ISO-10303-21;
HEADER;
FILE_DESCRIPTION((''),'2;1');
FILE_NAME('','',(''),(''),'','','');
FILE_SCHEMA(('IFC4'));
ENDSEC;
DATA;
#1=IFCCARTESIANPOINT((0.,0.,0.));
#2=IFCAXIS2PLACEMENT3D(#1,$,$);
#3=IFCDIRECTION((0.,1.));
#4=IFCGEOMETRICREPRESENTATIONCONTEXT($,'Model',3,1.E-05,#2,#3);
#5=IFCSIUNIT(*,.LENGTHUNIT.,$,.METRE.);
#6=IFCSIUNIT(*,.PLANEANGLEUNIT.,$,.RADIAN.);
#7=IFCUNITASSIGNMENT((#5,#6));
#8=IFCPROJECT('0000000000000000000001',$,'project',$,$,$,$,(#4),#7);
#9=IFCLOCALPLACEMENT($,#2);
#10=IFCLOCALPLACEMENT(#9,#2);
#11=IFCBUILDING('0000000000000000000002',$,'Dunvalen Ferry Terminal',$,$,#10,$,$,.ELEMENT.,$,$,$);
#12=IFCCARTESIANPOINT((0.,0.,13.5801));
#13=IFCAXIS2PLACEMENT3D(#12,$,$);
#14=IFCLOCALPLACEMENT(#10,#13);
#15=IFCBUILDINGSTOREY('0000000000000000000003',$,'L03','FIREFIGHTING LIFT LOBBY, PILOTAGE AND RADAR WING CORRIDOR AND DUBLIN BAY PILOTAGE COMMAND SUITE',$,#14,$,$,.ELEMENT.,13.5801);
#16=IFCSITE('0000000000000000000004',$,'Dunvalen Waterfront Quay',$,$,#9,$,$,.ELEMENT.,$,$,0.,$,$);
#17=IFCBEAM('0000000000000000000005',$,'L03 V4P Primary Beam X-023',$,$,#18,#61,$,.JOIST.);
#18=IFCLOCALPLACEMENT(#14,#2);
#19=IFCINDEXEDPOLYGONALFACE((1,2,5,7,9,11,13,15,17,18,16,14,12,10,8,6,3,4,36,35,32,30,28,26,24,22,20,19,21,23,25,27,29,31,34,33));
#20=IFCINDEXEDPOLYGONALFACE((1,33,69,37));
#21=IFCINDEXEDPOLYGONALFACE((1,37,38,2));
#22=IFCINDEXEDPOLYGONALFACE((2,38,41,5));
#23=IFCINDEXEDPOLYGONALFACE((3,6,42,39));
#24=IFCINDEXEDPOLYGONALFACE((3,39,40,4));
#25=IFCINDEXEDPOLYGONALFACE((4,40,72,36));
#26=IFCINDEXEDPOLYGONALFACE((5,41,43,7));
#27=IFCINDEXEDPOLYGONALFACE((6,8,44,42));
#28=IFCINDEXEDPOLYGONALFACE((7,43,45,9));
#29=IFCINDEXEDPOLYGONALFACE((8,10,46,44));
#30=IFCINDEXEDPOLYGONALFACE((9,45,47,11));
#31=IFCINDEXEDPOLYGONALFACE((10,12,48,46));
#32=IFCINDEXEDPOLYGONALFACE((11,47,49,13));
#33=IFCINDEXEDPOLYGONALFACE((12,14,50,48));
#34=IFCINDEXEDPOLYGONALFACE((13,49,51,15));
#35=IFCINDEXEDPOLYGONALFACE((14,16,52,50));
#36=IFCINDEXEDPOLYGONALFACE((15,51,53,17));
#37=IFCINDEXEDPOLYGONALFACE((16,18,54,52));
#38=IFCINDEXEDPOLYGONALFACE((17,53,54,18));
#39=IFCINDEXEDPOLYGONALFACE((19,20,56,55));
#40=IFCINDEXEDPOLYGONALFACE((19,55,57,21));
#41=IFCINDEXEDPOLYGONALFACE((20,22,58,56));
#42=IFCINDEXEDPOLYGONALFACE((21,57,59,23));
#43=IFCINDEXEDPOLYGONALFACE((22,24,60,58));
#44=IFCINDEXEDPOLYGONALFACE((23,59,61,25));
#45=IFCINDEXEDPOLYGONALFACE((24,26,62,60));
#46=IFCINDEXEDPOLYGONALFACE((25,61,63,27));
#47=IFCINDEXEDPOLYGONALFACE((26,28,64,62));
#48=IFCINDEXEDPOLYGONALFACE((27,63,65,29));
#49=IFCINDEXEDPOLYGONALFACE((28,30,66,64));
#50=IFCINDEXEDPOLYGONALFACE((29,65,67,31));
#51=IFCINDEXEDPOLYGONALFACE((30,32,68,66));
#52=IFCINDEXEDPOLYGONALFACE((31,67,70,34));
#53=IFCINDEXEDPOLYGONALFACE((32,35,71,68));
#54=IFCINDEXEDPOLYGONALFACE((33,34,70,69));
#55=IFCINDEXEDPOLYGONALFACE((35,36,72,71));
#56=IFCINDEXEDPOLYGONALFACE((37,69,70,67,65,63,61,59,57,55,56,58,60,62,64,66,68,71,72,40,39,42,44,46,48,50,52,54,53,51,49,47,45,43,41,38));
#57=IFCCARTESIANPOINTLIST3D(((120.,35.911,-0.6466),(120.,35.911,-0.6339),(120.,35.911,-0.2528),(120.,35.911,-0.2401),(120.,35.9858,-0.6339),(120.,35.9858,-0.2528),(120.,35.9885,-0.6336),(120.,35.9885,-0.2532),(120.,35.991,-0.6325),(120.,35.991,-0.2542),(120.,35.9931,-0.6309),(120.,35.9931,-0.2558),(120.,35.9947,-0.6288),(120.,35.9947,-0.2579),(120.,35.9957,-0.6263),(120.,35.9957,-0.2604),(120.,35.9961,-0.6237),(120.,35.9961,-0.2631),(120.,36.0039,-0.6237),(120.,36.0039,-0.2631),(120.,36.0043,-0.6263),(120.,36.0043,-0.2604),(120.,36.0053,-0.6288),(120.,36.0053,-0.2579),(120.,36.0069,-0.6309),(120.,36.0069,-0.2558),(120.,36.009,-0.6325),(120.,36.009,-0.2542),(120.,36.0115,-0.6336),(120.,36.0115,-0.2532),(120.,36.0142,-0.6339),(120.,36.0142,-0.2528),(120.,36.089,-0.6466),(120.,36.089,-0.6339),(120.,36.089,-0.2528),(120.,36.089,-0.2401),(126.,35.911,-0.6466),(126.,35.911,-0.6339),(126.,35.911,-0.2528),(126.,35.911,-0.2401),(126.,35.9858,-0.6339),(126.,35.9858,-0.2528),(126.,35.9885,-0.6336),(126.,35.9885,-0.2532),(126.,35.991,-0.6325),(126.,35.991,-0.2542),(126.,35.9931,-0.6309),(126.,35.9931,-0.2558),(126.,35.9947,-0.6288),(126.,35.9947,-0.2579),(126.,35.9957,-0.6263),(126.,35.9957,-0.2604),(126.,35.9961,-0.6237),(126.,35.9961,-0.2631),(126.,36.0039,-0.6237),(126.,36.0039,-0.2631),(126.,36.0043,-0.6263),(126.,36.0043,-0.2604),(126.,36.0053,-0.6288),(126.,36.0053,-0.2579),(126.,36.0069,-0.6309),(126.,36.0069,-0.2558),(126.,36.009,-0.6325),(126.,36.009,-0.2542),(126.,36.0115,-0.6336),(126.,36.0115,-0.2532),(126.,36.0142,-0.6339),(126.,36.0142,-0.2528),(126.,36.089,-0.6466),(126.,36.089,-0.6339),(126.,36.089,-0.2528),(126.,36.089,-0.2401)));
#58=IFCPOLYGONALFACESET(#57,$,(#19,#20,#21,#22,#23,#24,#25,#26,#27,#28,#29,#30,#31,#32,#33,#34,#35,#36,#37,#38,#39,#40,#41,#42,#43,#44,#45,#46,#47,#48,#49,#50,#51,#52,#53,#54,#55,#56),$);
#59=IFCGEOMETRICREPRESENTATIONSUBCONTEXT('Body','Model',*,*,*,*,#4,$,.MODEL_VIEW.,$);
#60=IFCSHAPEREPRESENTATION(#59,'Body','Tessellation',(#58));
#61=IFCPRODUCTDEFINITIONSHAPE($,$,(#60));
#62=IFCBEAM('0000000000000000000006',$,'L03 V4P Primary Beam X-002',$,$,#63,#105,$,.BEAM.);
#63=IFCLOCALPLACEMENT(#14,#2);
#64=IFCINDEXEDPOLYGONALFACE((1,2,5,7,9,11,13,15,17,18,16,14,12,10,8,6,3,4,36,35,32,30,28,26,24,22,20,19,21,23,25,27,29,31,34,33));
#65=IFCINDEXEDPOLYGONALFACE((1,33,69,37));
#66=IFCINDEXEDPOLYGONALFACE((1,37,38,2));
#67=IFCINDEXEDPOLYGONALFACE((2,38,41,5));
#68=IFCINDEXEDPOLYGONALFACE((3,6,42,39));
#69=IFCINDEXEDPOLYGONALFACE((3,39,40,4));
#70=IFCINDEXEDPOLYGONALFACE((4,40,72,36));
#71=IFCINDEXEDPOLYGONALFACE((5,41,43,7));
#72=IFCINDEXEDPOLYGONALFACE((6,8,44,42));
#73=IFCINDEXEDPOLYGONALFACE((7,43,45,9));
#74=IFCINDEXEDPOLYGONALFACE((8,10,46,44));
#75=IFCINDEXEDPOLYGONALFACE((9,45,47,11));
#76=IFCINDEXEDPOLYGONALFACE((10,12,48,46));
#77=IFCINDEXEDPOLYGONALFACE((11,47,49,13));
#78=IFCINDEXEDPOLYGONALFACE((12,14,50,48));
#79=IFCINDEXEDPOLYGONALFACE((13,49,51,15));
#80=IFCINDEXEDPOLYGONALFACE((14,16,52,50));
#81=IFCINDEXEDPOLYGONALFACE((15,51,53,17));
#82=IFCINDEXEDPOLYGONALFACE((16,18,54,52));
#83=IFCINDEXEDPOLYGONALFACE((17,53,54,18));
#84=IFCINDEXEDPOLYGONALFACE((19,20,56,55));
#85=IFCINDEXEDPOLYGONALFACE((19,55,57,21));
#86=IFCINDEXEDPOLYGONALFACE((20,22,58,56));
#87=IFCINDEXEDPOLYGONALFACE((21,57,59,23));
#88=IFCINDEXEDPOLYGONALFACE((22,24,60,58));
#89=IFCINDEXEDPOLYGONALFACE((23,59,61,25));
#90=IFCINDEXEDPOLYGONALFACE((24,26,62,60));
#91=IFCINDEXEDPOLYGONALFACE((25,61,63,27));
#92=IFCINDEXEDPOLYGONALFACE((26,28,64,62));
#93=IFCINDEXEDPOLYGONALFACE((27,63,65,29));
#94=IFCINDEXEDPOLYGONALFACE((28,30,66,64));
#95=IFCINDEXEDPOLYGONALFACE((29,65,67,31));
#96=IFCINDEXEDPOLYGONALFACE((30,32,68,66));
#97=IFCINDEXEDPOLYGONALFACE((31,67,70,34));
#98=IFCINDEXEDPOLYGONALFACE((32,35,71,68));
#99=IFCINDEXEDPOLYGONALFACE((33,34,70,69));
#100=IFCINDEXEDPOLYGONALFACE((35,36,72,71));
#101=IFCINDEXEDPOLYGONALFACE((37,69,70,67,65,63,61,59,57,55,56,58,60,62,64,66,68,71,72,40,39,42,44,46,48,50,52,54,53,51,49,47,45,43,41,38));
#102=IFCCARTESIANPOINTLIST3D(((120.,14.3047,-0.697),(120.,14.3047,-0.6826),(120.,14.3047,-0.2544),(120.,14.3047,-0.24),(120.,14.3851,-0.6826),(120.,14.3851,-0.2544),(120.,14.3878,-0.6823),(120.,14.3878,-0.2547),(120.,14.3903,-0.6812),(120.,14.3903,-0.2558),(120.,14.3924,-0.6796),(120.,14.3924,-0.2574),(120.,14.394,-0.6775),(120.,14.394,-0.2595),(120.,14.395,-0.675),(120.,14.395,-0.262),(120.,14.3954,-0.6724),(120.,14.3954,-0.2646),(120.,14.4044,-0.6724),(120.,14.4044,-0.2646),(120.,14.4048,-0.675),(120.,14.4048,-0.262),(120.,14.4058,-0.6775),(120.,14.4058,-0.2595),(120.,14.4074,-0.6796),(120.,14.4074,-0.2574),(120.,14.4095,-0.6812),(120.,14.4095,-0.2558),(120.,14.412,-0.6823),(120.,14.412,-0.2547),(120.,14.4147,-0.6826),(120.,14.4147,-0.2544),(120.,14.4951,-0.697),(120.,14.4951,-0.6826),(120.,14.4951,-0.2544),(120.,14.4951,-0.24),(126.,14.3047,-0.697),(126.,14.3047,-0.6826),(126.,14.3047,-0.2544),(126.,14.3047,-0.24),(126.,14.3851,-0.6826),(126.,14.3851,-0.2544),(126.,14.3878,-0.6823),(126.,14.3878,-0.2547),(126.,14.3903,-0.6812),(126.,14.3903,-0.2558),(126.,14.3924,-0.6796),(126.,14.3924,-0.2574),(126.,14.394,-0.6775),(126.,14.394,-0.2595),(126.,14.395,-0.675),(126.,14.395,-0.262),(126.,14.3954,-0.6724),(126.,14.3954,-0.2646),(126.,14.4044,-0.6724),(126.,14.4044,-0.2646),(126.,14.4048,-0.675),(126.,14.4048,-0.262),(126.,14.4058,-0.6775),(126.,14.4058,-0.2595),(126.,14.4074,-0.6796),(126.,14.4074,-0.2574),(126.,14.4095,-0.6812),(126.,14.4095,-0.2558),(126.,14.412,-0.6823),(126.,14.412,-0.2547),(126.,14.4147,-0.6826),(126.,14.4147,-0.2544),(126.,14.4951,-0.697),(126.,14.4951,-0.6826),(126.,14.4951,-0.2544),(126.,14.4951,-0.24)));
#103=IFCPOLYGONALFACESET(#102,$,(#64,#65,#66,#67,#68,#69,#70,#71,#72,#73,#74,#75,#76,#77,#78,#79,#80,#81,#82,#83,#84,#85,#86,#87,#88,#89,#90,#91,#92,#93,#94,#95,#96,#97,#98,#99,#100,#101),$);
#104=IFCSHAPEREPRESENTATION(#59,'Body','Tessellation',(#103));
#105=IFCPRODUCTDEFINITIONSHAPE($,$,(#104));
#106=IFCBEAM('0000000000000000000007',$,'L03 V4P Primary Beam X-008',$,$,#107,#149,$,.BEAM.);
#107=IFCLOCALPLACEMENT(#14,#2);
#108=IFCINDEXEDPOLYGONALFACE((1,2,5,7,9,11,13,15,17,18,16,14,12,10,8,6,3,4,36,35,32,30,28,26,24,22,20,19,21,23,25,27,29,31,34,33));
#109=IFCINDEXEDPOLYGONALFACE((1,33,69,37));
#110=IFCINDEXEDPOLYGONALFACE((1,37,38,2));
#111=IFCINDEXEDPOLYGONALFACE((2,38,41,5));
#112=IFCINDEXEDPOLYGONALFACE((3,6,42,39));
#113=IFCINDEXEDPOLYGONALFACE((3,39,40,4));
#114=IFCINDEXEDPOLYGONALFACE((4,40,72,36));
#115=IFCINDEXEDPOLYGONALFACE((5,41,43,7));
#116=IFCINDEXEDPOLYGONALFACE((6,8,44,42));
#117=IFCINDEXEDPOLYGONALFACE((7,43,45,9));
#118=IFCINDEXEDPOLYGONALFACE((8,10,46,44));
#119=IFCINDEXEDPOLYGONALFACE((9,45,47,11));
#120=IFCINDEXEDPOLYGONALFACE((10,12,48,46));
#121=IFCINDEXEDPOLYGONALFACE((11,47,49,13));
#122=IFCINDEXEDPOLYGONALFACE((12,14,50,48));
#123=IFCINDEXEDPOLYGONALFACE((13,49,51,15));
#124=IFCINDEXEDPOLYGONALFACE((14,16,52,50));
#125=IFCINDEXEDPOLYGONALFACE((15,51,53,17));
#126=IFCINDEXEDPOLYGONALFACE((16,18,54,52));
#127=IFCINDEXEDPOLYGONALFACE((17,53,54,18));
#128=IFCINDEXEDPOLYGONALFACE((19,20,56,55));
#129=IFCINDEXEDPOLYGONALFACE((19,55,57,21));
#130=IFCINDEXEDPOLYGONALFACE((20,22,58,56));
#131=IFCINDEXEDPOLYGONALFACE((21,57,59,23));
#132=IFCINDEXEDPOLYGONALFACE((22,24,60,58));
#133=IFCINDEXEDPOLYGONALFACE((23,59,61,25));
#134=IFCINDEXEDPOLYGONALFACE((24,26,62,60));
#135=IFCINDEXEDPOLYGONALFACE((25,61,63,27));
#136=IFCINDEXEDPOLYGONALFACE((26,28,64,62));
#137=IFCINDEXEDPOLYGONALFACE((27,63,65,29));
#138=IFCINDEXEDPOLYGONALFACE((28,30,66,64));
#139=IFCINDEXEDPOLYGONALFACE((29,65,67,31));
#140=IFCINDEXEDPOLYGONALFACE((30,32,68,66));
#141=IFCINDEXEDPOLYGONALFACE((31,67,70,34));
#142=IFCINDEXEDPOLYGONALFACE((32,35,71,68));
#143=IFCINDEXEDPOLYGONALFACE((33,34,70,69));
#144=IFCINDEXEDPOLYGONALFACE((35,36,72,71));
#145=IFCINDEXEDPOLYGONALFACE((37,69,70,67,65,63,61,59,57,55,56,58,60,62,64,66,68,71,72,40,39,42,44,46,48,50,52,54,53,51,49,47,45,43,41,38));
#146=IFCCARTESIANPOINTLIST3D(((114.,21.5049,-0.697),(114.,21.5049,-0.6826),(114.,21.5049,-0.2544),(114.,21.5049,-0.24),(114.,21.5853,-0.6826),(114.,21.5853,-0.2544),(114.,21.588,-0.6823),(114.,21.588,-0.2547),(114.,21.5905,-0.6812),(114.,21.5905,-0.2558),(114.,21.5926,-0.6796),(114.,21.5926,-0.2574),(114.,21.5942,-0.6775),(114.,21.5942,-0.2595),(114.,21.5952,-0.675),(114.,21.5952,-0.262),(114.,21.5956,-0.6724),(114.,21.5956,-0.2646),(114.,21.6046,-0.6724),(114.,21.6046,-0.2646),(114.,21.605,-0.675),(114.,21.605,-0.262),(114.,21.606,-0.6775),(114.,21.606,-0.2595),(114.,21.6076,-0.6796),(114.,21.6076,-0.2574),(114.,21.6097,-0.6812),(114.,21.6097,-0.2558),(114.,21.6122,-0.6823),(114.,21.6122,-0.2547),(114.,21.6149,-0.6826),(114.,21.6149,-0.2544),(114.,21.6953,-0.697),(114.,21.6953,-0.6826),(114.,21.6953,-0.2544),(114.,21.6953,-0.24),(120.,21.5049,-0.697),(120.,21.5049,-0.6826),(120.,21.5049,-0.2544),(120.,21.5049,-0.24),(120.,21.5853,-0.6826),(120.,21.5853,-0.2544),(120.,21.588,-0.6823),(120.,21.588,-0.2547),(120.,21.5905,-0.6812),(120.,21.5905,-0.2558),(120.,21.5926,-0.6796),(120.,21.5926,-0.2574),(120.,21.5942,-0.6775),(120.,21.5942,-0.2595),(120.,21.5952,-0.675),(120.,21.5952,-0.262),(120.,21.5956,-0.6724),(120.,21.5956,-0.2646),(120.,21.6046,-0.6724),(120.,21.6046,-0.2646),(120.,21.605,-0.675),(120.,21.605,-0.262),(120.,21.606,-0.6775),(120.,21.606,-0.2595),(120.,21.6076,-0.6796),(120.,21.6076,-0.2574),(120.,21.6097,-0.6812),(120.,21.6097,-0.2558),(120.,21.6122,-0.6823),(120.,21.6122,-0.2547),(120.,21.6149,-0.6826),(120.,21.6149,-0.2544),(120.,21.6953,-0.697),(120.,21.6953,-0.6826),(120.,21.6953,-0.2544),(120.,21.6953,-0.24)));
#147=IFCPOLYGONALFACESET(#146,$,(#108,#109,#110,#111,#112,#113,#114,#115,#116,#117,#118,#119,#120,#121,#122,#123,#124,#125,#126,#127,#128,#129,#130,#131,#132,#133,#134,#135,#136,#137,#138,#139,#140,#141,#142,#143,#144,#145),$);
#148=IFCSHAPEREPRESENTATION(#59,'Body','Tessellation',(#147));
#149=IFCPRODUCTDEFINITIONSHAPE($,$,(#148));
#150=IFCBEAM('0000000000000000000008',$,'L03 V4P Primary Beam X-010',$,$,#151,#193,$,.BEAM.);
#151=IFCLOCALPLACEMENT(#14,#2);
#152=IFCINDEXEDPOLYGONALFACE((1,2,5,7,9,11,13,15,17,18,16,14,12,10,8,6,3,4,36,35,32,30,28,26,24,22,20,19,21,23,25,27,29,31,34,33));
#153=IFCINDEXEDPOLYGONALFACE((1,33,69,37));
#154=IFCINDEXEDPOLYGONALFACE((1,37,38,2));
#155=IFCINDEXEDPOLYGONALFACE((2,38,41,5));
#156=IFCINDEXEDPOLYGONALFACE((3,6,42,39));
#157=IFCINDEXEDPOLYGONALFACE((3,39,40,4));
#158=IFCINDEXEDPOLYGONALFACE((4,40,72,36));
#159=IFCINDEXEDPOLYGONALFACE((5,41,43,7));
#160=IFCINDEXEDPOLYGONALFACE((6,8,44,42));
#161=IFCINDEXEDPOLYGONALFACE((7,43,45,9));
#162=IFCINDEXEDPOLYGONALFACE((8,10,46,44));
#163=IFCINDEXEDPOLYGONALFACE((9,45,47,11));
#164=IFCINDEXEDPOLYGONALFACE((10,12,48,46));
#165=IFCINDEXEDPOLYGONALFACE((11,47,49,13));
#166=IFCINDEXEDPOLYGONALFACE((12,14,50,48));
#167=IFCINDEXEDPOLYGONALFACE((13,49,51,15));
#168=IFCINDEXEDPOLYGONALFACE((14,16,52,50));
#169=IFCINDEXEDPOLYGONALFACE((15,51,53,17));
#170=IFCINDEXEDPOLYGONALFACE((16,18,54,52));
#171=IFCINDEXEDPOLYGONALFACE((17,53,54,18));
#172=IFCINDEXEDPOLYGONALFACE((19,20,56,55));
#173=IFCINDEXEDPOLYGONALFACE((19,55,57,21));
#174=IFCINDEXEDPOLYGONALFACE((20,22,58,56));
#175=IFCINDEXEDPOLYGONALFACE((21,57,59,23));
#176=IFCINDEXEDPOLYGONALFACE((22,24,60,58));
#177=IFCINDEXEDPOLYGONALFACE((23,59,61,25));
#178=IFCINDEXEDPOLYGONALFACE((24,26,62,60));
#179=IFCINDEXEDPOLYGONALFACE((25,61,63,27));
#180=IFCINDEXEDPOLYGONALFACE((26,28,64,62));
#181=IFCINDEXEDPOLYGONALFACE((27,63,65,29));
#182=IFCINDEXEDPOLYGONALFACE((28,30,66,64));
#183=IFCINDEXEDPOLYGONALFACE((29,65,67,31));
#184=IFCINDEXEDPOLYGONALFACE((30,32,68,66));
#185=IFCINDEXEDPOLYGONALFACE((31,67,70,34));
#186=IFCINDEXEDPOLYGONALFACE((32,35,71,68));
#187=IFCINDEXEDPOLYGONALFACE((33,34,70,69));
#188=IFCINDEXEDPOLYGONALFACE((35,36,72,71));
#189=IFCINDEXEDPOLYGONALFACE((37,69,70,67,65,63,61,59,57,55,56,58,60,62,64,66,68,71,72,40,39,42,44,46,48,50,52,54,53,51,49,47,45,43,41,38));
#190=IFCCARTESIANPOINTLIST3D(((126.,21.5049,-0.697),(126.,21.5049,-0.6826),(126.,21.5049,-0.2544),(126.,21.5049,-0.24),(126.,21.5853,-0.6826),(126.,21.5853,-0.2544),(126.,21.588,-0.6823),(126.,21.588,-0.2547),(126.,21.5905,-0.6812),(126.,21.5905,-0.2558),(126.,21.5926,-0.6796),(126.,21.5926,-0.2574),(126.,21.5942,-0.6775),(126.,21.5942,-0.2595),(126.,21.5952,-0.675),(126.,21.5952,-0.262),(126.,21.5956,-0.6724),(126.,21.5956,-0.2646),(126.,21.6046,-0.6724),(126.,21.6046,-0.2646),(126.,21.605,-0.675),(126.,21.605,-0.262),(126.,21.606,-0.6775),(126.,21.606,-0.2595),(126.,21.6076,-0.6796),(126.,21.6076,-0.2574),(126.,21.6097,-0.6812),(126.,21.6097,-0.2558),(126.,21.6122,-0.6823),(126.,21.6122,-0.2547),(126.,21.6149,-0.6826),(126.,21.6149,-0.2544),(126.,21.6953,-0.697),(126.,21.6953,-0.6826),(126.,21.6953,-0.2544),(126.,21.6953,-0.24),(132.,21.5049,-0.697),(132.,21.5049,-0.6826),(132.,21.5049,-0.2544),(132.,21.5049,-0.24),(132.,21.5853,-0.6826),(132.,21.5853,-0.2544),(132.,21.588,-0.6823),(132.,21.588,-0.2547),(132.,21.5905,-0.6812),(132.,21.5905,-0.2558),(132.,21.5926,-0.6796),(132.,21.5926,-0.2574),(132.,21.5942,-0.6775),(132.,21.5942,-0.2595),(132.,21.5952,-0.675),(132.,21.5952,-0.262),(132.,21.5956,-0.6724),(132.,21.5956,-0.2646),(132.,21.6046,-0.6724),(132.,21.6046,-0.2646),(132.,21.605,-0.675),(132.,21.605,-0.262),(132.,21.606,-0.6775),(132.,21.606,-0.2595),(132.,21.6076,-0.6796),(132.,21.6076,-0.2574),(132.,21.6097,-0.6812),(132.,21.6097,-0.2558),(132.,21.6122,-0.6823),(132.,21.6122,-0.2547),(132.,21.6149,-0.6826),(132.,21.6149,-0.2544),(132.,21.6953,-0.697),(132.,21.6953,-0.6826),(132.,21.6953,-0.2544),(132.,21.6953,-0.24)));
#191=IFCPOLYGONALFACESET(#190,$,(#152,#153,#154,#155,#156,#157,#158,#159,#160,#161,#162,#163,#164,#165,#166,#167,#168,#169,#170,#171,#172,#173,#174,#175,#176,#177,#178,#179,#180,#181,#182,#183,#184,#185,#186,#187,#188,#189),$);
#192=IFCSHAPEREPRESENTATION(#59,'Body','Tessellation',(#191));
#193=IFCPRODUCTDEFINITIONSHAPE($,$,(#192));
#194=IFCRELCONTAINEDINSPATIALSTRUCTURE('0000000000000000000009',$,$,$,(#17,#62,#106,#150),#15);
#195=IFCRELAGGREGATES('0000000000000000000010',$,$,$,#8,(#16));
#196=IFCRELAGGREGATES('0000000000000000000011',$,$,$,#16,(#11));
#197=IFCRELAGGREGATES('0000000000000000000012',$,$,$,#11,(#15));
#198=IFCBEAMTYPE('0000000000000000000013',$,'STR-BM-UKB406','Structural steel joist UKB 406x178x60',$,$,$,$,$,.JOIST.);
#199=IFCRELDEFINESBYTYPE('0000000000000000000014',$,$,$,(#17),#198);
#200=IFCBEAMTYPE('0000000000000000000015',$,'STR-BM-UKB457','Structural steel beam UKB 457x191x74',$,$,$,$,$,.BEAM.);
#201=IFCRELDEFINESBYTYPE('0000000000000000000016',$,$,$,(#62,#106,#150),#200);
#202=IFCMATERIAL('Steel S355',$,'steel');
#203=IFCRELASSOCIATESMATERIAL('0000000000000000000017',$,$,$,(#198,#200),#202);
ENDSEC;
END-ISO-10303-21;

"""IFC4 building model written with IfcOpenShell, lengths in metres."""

from ifc_helpers import new_model, si_unit, direction, frame, origin, origin_2d, place, context, subcontext, project, spatial, i_section, extrude, material, material_profile, profile_set, type_object, element, save


model = new_model("IFC4")

# Units and contexts
model_context = context("Model", 3, precision=1e-05, world=origin(), true_north=direction((0.0, 1.0)))
body_context = subcontext(model_context, "Body", "Model", "MODEL_VIEW")
ifc_project = project(units=[si_unit("LENGTHUNIT", "METRE"), si_unit("PLANEANGLEUNIT", "RADIAN")], contexts=[model_context])

# Site, building, storey
site_placement = place(None, origin())
site = spatial("IfcSite", under=ifc_project, at=site_placement, Name="Dunvalen Waterfront Quay", CompositionType="ELEMENT", RefElevation=0.0)
building_placement = place(site_placement, origin())
building = spatial("IfcBuilding", under=site, at=building_placement, Name="Dunvalen Ferry Terminal", CompositionType="ELEMENT")
storey_placement = place(building_placement, frame((0.0, 0.0, 13.5801)))
storey = spatial("IfcBuildingStorey", under=building, at=storey_placement, Name="L03", Description="FIREFIGHTING LIFT LOBBY, PILOTAGE AND RADAR WING CORRIDOR AND DUBLIN BAY PILOTAGE COMMAND SUITE", CompositionType="ELEMENT", Elevation=13.5801)

# Beams
ifc_material_1 = material(Name="Steel S355", Category="steel")
ifc_material_profile_1 = material_profile(ifc_material_1, i_section(OverallWidth=0.178, OverallDepth=0.4065, WebThickness=0.0078, FlangeThickness=0.0127, FilletRadius=0.0103, at=origin_2d()), Name="Steel S355")
ifc_profile_set_1 = profile_set([ifc_material_profile_1], Name="Steel S355")
beam_type_1 = type_object("IfcBeamType", Name="STR-BM-UKB406", Description="Structural steel joist UKB 406x178x60", PredefinedType="JOIST", material=ifc_profile_set_1)
for number, where, z_axis, x_axis, name in (
    (1, (120.0, 36.0, -0.4434), (1.0, 0.0, 0.0), (0.0, 1.0, 0.0), "L03 V4P Primary Beam X-023"),
):
    element("IfcBeam", number, at=place(storey_placement, frame(where, z_axis=z_axis, x_axis=x_axis)), inside=storey, type_object=beam_type_1, Name=name, PredefinedType="JOIST", context=body_context, shape_type="SweptSolid", body=[
        extrude(i_section(OverallWidth=0.178, OverallDepth=0.4065, WebThickness=0.0078, FlangeThickness=0.0127, FilletRadius=0.0103, at=origin_2d()), origin(), (0.0, 0.0, 1.0), 6.0),
    ])
ifc_material_profile_2 = material_profile(ifc_material_1, i_section(OverallWidth=0.1904, OverallDepth=0.457, WebThickness=0.009, FlangeThickness=0.0144, FilletRadius=0.0103, at=origin_2d()), Name="Steel S355")
ifc_profile_set_2 = profile_set([ifc_material_profile_2], Name="Steel S355")
beam_type_2 = type_object("IfcBeamType", Name="STR-BM-UKB457", Description="Structural steel beam UKB 457x191x74", PredefinedType="BEAM", material=ifc_profile_set_2)
for number, where, z_axis, x_axis, name in (
    (2, (120.0, 14.3999, -0.4685), (1.0, 0.0, 0.0), (0.0, 1.0, 0.0), "L03 V4P Primary Beam X-002"),
    (3, (114.0, 21.6001, -0.4685), (1.0, 0.0, 0.0), (0.0, 1.0, 0.0), "L03 V4P Primary Beam X-008"),
    (4, (126.0, 21.6001, -0.4685), (1.0, 0.0, 0.0), (0.0, 1.0, 0.0), "L03 V4P Primary Beam X-010"),
):
    element("IfcBeam", number, at=place(storey_placement, frame(where, z_axis=z_axis, x_axis=x_axis)), inside=storey, type_object=beam_type_2, Name=name, PredefinedType="BEAM", context=body_context, shape_type="SweptSolid", body=[
        extrude(i_section(OverallWidth=0.1904, OverallDepth=0.457, WebThickness=0.009, FlangeThickness=0.0144, FilletRadius=0.0103, at=origin_2d()), origin(), (0.0, 0.0, 1.0), 6.0),
    ])

save(model, "model.ifc")
